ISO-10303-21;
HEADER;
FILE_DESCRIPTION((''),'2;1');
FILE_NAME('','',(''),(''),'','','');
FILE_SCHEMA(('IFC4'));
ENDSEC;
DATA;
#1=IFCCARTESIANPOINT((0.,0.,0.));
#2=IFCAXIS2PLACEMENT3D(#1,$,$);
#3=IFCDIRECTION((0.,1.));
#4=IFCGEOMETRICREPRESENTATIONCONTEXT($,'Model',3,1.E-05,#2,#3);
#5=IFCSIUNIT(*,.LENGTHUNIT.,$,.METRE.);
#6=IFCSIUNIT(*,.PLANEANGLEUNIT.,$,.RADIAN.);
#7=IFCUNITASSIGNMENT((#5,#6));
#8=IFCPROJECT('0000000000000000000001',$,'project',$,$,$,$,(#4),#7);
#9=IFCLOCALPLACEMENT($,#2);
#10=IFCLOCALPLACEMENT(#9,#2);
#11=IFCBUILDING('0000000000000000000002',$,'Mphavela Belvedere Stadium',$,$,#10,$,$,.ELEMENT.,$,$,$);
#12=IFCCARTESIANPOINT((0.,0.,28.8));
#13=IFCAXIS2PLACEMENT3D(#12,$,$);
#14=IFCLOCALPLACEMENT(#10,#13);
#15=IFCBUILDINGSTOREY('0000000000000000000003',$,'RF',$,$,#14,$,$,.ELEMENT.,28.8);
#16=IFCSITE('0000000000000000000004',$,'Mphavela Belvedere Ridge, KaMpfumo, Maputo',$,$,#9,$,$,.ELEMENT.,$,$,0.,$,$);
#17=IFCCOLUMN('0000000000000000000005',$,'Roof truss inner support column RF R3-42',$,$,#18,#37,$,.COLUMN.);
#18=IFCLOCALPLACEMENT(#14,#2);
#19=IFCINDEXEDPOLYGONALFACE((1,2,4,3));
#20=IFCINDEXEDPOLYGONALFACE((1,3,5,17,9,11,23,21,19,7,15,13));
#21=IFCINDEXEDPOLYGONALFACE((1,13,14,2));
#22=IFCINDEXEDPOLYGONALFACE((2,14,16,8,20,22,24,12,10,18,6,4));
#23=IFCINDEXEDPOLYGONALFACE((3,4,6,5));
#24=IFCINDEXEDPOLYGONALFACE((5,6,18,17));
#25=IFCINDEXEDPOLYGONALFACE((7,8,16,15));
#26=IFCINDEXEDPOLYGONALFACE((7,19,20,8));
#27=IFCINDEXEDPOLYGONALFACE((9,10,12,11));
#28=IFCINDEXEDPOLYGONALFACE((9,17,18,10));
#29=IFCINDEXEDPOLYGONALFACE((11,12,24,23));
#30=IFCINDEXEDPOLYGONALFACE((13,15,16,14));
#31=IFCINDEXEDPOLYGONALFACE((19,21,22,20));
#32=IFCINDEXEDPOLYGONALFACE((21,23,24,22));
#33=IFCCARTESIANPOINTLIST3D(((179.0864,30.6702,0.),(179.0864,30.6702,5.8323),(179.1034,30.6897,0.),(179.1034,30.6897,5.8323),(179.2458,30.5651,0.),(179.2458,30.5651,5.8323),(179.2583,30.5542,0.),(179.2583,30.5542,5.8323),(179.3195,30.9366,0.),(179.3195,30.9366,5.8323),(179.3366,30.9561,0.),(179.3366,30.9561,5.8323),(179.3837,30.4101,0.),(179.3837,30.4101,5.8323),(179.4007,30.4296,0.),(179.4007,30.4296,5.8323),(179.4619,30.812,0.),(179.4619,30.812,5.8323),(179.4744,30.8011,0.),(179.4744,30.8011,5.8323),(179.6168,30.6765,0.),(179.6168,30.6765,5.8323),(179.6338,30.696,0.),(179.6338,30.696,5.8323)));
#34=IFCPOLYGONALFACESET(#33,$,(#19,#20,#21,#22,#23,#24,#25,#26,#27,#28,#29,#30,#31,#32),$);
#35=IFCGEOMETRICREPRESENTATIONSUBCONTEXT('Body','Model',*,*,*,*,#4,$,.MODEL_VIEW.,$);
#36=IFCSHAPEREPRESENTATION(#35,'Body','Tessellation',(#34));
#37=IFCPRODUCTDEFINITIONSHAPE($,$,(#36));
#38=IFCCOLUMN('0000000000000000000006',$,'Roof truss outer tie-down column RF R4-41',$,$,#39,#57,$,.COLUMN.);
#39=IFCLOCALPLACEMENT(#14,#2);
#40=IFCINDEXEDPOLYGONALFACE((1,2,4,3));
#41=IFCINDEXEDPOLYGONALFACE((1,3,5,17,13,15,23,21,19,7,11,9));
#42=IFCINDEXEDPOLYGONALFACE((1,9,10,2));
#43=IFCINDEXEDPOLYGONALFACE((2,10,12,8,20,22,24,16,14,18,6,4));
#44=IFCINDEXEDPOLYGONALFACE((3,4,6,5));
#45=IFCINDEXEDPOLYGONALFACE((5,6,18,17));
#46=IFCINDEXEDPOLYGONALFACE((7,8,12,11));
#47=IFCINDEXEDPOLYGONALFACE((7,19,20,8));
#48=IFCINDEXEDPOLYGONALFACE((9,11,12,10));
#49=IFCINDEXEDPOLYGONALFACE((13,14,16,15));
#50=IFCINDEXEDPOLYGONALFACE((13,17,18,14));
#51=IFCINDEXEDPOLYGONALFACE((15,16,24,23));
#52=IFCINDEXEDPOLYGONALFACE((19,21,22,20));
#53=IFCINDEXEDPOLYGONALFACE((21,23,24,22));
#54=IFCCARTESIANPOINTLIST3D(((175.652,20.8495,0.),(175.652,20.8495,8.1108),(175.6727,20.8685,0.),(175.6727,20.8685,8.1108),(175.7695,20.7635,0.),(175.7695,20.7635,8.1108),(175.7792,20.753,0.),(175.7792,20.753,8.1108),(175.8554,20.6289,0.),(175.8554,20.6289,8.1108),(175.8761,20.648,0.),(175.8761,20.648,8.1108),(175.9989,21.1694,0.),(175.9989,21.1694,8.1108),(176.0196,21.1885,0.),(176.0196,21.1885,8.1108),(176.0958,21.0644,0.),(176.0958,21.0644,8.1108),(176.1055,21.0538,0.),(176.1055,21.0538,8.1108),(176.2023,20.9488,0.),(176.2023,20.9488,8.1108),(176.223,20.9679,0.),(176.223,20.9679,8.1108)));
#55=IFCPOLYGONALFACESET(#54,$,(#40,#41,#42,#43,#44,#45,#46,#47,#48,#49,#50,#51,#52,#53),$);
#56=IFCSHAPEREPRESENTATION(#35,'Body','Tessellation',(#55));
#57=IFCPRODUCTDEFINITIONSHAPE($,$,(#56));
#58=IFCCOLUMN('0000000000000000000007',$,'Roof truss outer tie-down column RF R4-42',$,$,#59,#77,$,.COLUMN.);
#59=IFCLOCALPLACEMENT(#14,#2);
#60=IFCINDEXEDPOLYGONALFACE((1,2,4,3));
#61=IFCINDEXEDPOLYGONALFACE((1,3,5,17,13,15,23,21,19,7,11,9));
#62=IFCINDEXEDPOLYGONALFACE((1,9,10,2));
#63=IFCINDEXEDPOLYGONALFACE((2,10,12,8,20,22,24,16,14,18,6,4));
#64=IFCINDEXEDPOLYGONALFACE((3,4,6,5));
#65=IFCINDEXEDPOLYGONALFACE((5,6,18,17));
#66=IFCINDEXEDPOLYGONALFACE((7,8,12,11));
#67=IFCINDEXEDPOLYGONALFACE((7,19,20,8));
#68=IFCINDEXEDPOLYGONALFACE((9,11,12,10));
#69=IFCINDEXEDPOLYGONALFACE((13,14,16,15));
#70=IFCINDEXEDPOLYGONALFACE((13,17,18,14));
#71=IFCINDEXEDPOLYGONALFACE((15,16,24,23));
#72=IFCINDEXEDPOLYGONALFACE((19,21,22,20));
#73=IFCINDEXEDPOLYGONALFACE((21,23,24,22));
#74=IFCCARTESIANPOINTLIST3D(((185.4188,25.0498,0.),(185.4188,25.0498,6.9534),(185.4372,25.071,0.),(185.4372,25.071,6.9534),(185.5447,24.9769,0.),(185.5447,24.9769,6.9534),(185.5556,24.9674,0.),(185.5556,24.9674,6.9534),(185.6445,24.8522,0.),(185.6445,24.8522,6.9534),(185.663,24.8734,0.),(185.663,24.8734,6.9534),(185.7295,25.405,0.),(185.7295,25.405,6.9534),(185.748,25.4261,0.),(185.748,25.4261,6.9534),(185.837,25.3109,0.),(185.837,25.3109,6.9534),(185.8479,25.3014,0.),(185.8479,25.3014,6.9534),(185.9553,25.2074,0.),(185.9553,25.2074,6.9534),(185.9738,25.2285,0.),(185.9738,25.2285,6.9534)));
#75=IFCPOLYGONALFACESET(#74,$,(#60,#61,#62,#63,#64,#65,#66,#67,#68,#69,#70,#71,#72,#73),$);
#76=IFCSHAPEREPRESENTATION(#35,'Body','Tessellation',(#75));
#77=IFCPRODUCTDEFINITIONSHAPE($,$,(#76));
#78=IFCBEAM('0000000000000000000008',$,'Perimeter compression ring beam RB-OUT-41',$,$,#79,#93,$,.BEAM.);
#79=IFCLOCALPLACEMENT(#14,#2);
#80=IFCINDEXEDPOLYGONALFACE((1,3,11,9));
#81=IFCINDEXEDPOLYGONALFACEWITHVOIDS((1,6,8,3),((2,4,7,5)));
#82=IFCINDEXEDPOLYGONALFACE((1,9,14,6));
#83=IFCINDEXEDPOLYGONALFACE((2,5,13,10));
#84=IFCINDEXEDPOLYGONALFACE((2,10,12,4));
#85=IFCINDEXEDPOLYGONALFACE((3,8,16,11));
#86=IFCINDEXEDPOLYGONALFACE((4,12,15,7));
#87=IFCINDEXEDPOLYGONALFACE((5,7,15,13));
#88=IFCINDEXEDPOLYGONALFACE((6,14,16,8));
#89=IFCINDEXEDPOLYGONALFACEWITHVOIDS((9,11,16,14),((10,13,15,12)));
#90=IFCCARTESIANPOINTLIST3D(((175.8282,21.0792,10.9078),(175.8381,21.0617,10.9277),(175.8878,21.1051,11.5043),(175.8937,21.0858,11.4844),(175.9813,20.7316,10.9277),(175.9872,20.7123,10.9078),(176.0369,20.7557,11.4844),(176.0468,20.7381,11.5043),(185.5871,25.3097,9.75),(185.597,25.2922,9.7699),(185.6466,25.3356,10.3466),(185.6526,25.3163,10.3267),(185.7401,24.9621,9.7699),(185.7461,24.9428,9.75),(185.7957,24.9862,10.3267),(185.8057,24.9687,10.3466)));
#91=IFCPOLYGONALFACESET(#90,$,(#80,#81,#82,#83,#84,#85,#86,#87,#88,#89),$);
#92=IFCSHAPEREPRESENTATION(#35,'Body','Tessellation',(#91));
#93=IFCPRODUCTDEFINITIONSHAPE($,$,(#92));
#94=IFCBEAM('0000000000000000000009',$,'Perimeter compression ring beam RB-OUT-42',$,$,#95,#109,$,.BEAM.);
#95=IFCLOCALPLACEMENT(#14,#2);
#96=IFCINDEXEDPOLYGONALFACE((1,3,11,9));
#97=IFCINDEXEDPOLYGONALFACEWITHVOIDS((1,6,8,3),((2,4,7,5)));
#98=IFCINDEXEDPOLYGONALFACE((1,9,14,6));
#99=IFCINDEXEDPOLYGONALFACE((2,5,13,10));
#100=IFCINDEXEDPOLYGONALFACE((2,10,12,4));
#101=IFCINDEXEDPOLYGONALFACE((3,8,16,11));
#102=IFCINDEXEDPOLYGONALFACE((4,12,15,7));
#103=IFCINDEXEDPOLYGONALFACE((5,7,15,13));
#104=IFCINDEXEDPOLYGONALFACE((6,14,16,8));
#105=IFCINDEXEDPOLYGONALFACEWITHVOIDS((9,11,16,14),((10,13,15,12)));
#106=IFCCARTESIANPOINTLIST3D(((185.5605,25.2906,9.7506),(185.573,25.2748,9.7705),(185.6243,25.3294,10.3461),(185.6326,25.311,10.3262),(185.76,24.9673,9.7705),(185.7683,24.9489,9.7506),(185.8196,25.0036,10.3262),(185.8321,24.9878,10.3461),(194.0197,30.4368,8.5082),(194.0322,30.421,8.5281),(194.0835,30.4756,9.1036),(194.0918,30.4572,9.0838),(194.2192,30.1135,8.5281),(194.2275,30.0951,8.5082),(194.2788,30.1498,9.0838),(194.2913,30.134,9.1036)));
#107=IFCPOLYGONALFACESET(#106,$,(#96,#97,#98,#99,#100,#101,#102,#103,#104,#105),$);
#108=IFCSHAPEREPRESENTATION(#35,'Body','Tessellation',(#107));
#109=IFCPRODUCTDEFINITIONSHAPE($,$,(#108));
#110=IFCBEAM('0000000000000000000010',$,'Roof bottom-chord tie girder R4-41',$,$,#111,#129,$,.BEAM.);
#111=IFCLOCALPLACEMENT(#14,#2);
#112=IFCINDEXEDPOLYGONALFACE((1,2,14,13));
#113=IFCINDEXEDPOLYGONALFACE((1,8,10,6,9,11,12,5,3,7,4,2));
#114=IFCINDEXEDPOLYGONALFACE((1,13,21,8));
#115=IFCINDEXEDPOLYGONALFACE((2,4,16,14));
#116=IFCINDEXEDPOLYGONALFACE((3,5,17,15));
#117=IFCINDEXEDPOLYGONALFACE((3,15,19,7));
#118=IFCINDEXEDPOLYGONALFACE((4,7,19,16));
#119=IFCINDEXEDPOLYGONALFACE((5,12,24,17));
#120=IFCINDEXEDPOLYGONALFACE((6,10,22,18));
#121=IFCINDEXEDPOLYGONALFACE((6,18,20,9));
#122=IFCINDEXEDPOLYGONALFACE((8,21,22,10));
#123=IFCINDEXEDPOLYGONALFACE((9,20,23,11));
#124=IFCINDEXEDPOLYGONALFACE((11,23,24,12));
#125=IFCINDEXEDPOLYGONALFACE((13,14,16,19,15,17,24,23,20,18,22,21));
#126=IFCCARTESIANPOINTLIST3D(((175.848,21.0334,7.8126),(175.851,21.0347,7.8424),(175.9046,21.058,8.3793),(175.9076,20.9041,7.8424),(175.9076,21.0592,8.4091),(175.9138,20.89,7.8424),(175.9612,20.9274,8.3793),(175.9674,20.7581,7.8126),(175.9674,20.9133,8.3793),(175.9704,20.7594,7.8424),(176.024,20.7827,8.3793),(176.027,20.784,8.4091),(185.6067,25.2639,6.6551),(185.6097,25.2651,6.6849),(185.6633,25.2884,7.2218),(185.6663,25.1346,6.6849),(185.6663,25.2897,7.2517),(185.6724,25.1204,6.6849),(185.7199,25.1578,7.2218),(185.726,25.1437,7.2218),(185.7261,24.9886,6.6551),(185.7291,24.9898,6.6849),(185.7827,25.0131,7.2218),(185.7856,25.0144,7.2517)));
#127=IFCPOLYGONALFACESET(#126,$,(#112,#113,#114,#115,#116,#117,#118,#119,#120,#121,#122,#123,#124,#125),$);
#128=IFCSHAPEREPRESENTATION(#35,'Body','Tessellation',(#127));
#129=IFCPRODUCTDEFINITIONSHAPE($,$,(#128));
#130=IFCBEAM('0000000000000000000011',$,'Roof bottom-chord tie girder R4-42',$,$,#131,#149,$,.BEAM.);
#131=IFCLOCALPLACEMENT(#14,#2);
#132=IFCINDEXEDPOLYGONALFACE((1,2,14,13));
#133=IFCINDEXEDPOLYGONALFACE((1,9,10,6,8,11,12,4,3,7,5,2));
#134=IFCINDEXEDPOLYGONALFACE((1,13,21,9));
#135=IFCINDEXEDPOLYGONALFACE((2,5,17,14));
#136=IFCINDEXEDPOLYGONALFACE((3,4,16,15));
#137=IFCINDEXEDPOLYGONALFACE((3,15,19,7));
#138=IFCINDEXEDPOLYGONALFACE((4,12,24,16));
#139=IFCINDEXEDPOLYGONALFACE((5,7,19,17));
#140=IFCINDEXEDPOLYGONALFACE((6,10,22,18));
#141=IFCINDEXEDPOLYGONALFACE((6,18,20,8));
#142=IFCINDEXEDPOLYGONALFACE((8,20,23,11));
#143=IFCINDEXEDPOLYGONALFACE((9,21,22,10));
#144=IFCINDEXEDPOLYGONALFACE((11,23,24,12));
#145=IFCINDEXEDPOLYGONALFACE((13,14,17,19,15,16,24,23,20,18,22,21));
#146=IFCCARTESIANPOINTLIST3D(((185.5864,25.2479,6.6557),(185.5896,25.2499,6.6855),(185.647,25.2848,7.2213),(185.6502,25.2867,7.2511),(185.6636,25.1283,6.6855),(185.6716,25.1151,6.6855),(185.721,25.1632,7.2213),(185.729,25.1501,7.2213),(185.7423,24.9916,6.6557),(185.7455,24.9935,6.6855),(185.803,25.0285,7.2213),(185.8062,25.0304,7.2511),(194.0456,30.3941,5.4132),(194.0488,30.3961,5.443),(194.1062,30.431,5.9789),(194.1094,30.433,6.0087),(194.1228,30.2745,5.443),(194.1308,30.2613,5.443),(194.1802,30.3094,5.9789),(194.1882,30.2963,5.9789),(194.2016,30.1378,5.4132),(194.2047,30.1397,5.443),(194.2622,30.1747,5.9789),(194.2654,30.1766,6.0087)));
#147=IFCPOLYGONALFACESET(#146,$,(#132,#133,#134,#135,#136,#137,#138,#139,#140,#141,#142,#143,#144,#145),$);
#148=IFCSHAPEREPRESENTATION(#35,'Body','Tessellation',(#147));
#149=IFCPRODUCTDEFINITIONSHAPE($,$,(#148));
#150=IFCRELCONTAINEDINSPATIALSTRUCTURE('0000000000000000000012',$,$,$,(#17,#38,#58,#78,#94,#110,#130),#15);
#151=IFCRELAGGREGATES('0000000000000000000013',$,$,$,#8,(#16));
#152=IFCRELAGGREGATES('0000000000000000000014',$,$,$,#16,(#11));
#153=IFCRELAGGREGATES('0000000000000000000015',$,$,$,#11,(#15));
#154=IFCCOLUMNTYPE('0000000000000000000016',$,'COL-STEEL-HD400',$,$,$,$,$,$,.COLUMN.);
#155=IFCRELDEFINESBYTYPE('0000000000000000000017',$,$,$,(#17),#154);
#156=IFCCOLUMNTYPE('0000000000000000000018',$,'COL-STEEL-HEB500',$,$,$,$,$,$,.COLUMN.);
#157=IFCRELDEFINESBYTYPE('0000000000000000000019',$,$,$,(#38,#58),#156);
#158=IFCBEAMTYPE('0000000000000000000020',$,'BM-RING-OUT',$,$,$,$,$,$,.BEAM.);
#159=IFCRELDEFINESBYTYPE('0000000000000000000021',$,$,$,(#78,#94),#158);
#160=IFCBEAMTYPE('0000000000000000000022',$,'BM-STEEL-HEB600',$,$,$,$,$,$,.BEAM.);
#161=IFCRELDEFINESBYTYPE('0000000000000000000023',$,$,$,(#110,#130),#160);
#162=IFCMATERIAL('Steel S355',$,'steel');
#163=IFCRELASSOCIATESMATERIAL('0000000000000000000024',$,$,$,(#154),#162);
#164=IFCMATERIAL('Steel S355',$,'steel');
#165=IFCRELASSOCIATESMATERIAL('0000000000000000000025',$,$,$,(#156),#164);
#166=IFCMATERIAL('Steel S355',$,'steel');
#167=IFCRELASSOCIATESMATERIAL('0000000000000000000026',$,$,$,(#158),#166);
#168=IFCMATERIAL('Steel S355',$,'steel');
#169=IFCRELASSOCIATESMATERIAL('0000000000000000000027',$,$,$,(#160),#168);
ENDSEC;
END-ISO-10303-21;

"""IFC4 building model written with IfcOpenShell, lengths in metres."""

from ifc_helpers import new_model, si_unit, direction, frame, origin, origin_2d, place, context, subcontext, project, spatial, hollow_rectangle, i_section, extrude, material, material_profile, profile_set, type_object, element, save


model = new_model("IFC4")

# Units and contexts
model_context = context("Model", 3, precision=1e-05, world=origin(), true_north=direction((0.0, 1.0)))
body_context = subcontext(model_context, "Body", "Model", "MODEL_VIEW")
ifc_project = project(units=[si_unit("LENGTHUNIT", "METRE"), si_unit("PLANEANGLEUNIT", "RADIAN")], contexts=[model_context])

# Site, building, storey
site_placement = place(None, origin())
site = spatial("IfcSite", under=ifc_project, at=site_placement, Name="Mphavela Belvedere Ridge, KaMpfumo, Maputo", CompositionType="ELEMENT", RefElevation=0.0)
building_placement = place(site_placement, origin())
building = spatial("IfcBuilding", under=site, at=building_placement, Name="Mphavela Belvedere Stadium", CompositionType="ELEMENT")
storey_placement = place(building_placement, frame((0.0, 0.0, 28.8)))
storey = spatial("IfcBuildingStorey", under=building, at=storey_placement, Name="RF", CompositionType="ELEMENT", Elevation=28.8)

# Columns
ifc_material_1 = material(Name="Steel S355", Category="steel")
ifc_material_profile_1 = material_profile(ifc_material_1, i_section(OverallWidth=0.395, OverallDepth=0.3799, WebThickness=0.0166, FlangeThickness=0.0259, at=origin_2d()), Name="HD 400x237")
ifc_profile_set_1 = profile_set([ifc_material_profile_1], Name="Steel S355")
column_type_1 = type_object("IfcColumnType", Name="COL-STEEL-HD400", PredefinedType="COLUMN", material=ifc_profile_set_1)
column_1_placement = place(storey_placement, frame((179.3601, 30.6831, 0.0), z_axis=(0.0, 0.0, 1.0), x_axis=(0.75253, -0.658558, 0.0)))
element("IfcColumn", 1, at=column_1_placement, inside=storey, type_object=column_type_1, Name="Roof truss inner support column RF R3-42", PredefinedType="COLUMN", context=body_context, shape_type="SweptSolid", body=[
    extrude(i_section(OverallWidth=0.395, OverallDepth=0.3799, WebThickness=0.0166, FlangeThickness=0.0259, at=origin_2d()), origin(), (0.0, 0.0, 1.0), 5.8323),
])
ifc_material_2 = material(Name="Steel S355", Category="steel")
ifc_material_profile_2 = material_profile(ifc_material_2, i_section(OverallWidth=0.3, OverallDepth=0.5, WebThickness=0.0144, FlangeThickness=0.0281, at=origin_2d()), Name="HEB 500")
ifc_profile_set_2 = profile_set([ifc_material_profile_2], Name="Steel S355")
column_type_2 = type_object("IfcColumnType", Name="COL-STEEL-HEB500", PredefinedType="COLUMN", material=ifc_profile_set_2)
column_2_placement = place(storey_placement, frame((175.9375, 20.9087, 0.0), z_axis=(0.0, 0.0, 1.0), x_axis=(0.677903, -0.735151, 0.0)))
element("IfcColumn", 2, at=column_2_placement, inside=storey, type_object=column_type_2, Name="Roof truss outer tie-down column RF R4-41", PredefinedType="COLUMN", context=body_context, shape_type="SweptSolid", body=[
    extrude(i_section(OverallWidth=0.3, OverallDepth=0.5, WebThickness=0.0144, FlangeThickness=0.0281, at=origin_2d()), origin(), (0.0, 0.0, 1.0), 8.1108),
])
column_3_placement = place(storey_placement, frame((185.6963, 25.1392, 0.0), z_axis=(0.0, 0.0, 1.0), x_axis=(0.75253, -0.658558, 0.0)))
element("IfcColumn", 3, at=column_3_placement, inside=storey, type_object=column_type_2, Name="Roof truss outer tie-down column RF R4-42", PredefinedType="COLUMN", context=body_context, shape_type="SweptSolid", body=[
    extrude(i_section(OverallWidth=0.3, OverallDepth=0.5, WebThickness=0.0144, FlangeThickness=0.0281, at=origin_2d()), origin(), (0.0, 0.0, 1.0), 6.9534),
])

# Beams
ifc_material_3 = material(Name="Steel S355", Category="steel")
ifc_material_profile_3 = material_profile(ifc_material_3, hollow_rectangle(XDim=0.3999, YDim=0.6001, WallThickness=0.02, at=origin_2d()), Name="RHS 600x400x20")
ifc_profile_set_3 = profile_set([ifc_material_profile_3], Name="Steel S355")
beam_type_1 = type_object("IfcBeamType", Name="BM-RING-OUT", PredefinedType="BEAM", material=ifc_profile_set_3)
beam_1_placement = place(storey_placement, frame((175.9375, 20.9087, 11.2061), z_axis=(0.912112, 0.395403, -0.108207), x_axis=(-0.397739, 0.917499, 0.0)))
element("IfcBeam", 4, at=beam_1_placement, inside=storey, type_object=beam_type_1, Name="Perimeter compression ring beam RB-OUT-41", PredefinedType="BEAM", context=body_context, shape_type="SweptSolid", body=[
    extrude(hollow_rectangle(XDim=0.3999, YDim=0.6001, WallThickness=0.02, at=origin_2d()), origin(), (0.0, 0.0, 1.0), 10.6992),
])
beam_2_placement = place(storey_placement, frame((185.6963, 25.1392, 10.0483), z_axis=(0.847679, 0.515693, -0.124501), x_axis=(-0.519737, 0.854327, 0.0)))
element("IfcBeam", 5, at=beam_2_placement, inside=storey, type_object=beam_type_1, Name="Perimeter compression ring beam RB-OUT-42", PredefinedType="BEAM", context=body_context, shape_type="SweptSolid", body=[
    extrude(hollow_rectangle(XDim=0.3999, YDim=0.6001, WallThickness=0.02, at=origin_2d()), origin(), (0.0, 0.0, 1.0), 9.9792),
])
ifc_material_4 = material(Name="Steel S355", Category="steel")
ifc_material_profile_4 = material_profile(ifc_material_4, i_section(OverallWidth=0.3, OverallDepth=0.6001, WebThickness=0.0154, FlangeThickness=0.03, at=origin_2d()), Name="HEB 600")
ifc_profile_set_4 = profile_set([ifc_material_profile_4], Name="Steel S355")
beam_type_2 = type_object("IfcBeamType", Name="BM-STEEL-HEB600", PredefinedType="BEAM", material=ifc_profile_set_4)
beam_3_placement = place(storey_placement, frame((175.9375, 20.9087, 8.1108), z_axis=(0.912114, 0.395404, -0.108184), x_axis=(-0.397739, 0.917499, 0.0)))
element("IfcBeam", 6, at=beam_3_placement, inside=storey, type_object=beam_type_2, Name="Roof bottom-chord tie girder R4-41", PredefinedType="BEAM", context=body_context, shape_type="SweptSolid", body=[
    extrude(i_section(OverallWidth=0.3, OverallDepth=0.6001, WebThickness=0.0154, FlangeThickness=0.03, at=origin_2d()), origin(), (0.0, 0.0, 1.0), 10.699),
])
beam_4_placement = place(storey_placement, frame((185.6963, 25.1392, 6.9534), z_axis=(0.847679, 0.515693, -0.124501), x_axis=(-0.519737, 0.854327, 0.0)))
element("IfcBeam", 7, at=beam_4_placement, inside=storey, type_object=beam_type_2, Name="Roof bottom-chord tie girder R4-42", PredefinedType="BEAM", context=body_context, shape_type="SweptSolid", body=[
    extrude(i_section(OverallWidth=0.3, OverallDepth=0.6001, WebThickness=0.0154, FlangeThickness=0.03, at=origin_2d()), origin(), (0.0, 0.0, 1.0), 9.9792),
])

save(model, "model.ifc")
